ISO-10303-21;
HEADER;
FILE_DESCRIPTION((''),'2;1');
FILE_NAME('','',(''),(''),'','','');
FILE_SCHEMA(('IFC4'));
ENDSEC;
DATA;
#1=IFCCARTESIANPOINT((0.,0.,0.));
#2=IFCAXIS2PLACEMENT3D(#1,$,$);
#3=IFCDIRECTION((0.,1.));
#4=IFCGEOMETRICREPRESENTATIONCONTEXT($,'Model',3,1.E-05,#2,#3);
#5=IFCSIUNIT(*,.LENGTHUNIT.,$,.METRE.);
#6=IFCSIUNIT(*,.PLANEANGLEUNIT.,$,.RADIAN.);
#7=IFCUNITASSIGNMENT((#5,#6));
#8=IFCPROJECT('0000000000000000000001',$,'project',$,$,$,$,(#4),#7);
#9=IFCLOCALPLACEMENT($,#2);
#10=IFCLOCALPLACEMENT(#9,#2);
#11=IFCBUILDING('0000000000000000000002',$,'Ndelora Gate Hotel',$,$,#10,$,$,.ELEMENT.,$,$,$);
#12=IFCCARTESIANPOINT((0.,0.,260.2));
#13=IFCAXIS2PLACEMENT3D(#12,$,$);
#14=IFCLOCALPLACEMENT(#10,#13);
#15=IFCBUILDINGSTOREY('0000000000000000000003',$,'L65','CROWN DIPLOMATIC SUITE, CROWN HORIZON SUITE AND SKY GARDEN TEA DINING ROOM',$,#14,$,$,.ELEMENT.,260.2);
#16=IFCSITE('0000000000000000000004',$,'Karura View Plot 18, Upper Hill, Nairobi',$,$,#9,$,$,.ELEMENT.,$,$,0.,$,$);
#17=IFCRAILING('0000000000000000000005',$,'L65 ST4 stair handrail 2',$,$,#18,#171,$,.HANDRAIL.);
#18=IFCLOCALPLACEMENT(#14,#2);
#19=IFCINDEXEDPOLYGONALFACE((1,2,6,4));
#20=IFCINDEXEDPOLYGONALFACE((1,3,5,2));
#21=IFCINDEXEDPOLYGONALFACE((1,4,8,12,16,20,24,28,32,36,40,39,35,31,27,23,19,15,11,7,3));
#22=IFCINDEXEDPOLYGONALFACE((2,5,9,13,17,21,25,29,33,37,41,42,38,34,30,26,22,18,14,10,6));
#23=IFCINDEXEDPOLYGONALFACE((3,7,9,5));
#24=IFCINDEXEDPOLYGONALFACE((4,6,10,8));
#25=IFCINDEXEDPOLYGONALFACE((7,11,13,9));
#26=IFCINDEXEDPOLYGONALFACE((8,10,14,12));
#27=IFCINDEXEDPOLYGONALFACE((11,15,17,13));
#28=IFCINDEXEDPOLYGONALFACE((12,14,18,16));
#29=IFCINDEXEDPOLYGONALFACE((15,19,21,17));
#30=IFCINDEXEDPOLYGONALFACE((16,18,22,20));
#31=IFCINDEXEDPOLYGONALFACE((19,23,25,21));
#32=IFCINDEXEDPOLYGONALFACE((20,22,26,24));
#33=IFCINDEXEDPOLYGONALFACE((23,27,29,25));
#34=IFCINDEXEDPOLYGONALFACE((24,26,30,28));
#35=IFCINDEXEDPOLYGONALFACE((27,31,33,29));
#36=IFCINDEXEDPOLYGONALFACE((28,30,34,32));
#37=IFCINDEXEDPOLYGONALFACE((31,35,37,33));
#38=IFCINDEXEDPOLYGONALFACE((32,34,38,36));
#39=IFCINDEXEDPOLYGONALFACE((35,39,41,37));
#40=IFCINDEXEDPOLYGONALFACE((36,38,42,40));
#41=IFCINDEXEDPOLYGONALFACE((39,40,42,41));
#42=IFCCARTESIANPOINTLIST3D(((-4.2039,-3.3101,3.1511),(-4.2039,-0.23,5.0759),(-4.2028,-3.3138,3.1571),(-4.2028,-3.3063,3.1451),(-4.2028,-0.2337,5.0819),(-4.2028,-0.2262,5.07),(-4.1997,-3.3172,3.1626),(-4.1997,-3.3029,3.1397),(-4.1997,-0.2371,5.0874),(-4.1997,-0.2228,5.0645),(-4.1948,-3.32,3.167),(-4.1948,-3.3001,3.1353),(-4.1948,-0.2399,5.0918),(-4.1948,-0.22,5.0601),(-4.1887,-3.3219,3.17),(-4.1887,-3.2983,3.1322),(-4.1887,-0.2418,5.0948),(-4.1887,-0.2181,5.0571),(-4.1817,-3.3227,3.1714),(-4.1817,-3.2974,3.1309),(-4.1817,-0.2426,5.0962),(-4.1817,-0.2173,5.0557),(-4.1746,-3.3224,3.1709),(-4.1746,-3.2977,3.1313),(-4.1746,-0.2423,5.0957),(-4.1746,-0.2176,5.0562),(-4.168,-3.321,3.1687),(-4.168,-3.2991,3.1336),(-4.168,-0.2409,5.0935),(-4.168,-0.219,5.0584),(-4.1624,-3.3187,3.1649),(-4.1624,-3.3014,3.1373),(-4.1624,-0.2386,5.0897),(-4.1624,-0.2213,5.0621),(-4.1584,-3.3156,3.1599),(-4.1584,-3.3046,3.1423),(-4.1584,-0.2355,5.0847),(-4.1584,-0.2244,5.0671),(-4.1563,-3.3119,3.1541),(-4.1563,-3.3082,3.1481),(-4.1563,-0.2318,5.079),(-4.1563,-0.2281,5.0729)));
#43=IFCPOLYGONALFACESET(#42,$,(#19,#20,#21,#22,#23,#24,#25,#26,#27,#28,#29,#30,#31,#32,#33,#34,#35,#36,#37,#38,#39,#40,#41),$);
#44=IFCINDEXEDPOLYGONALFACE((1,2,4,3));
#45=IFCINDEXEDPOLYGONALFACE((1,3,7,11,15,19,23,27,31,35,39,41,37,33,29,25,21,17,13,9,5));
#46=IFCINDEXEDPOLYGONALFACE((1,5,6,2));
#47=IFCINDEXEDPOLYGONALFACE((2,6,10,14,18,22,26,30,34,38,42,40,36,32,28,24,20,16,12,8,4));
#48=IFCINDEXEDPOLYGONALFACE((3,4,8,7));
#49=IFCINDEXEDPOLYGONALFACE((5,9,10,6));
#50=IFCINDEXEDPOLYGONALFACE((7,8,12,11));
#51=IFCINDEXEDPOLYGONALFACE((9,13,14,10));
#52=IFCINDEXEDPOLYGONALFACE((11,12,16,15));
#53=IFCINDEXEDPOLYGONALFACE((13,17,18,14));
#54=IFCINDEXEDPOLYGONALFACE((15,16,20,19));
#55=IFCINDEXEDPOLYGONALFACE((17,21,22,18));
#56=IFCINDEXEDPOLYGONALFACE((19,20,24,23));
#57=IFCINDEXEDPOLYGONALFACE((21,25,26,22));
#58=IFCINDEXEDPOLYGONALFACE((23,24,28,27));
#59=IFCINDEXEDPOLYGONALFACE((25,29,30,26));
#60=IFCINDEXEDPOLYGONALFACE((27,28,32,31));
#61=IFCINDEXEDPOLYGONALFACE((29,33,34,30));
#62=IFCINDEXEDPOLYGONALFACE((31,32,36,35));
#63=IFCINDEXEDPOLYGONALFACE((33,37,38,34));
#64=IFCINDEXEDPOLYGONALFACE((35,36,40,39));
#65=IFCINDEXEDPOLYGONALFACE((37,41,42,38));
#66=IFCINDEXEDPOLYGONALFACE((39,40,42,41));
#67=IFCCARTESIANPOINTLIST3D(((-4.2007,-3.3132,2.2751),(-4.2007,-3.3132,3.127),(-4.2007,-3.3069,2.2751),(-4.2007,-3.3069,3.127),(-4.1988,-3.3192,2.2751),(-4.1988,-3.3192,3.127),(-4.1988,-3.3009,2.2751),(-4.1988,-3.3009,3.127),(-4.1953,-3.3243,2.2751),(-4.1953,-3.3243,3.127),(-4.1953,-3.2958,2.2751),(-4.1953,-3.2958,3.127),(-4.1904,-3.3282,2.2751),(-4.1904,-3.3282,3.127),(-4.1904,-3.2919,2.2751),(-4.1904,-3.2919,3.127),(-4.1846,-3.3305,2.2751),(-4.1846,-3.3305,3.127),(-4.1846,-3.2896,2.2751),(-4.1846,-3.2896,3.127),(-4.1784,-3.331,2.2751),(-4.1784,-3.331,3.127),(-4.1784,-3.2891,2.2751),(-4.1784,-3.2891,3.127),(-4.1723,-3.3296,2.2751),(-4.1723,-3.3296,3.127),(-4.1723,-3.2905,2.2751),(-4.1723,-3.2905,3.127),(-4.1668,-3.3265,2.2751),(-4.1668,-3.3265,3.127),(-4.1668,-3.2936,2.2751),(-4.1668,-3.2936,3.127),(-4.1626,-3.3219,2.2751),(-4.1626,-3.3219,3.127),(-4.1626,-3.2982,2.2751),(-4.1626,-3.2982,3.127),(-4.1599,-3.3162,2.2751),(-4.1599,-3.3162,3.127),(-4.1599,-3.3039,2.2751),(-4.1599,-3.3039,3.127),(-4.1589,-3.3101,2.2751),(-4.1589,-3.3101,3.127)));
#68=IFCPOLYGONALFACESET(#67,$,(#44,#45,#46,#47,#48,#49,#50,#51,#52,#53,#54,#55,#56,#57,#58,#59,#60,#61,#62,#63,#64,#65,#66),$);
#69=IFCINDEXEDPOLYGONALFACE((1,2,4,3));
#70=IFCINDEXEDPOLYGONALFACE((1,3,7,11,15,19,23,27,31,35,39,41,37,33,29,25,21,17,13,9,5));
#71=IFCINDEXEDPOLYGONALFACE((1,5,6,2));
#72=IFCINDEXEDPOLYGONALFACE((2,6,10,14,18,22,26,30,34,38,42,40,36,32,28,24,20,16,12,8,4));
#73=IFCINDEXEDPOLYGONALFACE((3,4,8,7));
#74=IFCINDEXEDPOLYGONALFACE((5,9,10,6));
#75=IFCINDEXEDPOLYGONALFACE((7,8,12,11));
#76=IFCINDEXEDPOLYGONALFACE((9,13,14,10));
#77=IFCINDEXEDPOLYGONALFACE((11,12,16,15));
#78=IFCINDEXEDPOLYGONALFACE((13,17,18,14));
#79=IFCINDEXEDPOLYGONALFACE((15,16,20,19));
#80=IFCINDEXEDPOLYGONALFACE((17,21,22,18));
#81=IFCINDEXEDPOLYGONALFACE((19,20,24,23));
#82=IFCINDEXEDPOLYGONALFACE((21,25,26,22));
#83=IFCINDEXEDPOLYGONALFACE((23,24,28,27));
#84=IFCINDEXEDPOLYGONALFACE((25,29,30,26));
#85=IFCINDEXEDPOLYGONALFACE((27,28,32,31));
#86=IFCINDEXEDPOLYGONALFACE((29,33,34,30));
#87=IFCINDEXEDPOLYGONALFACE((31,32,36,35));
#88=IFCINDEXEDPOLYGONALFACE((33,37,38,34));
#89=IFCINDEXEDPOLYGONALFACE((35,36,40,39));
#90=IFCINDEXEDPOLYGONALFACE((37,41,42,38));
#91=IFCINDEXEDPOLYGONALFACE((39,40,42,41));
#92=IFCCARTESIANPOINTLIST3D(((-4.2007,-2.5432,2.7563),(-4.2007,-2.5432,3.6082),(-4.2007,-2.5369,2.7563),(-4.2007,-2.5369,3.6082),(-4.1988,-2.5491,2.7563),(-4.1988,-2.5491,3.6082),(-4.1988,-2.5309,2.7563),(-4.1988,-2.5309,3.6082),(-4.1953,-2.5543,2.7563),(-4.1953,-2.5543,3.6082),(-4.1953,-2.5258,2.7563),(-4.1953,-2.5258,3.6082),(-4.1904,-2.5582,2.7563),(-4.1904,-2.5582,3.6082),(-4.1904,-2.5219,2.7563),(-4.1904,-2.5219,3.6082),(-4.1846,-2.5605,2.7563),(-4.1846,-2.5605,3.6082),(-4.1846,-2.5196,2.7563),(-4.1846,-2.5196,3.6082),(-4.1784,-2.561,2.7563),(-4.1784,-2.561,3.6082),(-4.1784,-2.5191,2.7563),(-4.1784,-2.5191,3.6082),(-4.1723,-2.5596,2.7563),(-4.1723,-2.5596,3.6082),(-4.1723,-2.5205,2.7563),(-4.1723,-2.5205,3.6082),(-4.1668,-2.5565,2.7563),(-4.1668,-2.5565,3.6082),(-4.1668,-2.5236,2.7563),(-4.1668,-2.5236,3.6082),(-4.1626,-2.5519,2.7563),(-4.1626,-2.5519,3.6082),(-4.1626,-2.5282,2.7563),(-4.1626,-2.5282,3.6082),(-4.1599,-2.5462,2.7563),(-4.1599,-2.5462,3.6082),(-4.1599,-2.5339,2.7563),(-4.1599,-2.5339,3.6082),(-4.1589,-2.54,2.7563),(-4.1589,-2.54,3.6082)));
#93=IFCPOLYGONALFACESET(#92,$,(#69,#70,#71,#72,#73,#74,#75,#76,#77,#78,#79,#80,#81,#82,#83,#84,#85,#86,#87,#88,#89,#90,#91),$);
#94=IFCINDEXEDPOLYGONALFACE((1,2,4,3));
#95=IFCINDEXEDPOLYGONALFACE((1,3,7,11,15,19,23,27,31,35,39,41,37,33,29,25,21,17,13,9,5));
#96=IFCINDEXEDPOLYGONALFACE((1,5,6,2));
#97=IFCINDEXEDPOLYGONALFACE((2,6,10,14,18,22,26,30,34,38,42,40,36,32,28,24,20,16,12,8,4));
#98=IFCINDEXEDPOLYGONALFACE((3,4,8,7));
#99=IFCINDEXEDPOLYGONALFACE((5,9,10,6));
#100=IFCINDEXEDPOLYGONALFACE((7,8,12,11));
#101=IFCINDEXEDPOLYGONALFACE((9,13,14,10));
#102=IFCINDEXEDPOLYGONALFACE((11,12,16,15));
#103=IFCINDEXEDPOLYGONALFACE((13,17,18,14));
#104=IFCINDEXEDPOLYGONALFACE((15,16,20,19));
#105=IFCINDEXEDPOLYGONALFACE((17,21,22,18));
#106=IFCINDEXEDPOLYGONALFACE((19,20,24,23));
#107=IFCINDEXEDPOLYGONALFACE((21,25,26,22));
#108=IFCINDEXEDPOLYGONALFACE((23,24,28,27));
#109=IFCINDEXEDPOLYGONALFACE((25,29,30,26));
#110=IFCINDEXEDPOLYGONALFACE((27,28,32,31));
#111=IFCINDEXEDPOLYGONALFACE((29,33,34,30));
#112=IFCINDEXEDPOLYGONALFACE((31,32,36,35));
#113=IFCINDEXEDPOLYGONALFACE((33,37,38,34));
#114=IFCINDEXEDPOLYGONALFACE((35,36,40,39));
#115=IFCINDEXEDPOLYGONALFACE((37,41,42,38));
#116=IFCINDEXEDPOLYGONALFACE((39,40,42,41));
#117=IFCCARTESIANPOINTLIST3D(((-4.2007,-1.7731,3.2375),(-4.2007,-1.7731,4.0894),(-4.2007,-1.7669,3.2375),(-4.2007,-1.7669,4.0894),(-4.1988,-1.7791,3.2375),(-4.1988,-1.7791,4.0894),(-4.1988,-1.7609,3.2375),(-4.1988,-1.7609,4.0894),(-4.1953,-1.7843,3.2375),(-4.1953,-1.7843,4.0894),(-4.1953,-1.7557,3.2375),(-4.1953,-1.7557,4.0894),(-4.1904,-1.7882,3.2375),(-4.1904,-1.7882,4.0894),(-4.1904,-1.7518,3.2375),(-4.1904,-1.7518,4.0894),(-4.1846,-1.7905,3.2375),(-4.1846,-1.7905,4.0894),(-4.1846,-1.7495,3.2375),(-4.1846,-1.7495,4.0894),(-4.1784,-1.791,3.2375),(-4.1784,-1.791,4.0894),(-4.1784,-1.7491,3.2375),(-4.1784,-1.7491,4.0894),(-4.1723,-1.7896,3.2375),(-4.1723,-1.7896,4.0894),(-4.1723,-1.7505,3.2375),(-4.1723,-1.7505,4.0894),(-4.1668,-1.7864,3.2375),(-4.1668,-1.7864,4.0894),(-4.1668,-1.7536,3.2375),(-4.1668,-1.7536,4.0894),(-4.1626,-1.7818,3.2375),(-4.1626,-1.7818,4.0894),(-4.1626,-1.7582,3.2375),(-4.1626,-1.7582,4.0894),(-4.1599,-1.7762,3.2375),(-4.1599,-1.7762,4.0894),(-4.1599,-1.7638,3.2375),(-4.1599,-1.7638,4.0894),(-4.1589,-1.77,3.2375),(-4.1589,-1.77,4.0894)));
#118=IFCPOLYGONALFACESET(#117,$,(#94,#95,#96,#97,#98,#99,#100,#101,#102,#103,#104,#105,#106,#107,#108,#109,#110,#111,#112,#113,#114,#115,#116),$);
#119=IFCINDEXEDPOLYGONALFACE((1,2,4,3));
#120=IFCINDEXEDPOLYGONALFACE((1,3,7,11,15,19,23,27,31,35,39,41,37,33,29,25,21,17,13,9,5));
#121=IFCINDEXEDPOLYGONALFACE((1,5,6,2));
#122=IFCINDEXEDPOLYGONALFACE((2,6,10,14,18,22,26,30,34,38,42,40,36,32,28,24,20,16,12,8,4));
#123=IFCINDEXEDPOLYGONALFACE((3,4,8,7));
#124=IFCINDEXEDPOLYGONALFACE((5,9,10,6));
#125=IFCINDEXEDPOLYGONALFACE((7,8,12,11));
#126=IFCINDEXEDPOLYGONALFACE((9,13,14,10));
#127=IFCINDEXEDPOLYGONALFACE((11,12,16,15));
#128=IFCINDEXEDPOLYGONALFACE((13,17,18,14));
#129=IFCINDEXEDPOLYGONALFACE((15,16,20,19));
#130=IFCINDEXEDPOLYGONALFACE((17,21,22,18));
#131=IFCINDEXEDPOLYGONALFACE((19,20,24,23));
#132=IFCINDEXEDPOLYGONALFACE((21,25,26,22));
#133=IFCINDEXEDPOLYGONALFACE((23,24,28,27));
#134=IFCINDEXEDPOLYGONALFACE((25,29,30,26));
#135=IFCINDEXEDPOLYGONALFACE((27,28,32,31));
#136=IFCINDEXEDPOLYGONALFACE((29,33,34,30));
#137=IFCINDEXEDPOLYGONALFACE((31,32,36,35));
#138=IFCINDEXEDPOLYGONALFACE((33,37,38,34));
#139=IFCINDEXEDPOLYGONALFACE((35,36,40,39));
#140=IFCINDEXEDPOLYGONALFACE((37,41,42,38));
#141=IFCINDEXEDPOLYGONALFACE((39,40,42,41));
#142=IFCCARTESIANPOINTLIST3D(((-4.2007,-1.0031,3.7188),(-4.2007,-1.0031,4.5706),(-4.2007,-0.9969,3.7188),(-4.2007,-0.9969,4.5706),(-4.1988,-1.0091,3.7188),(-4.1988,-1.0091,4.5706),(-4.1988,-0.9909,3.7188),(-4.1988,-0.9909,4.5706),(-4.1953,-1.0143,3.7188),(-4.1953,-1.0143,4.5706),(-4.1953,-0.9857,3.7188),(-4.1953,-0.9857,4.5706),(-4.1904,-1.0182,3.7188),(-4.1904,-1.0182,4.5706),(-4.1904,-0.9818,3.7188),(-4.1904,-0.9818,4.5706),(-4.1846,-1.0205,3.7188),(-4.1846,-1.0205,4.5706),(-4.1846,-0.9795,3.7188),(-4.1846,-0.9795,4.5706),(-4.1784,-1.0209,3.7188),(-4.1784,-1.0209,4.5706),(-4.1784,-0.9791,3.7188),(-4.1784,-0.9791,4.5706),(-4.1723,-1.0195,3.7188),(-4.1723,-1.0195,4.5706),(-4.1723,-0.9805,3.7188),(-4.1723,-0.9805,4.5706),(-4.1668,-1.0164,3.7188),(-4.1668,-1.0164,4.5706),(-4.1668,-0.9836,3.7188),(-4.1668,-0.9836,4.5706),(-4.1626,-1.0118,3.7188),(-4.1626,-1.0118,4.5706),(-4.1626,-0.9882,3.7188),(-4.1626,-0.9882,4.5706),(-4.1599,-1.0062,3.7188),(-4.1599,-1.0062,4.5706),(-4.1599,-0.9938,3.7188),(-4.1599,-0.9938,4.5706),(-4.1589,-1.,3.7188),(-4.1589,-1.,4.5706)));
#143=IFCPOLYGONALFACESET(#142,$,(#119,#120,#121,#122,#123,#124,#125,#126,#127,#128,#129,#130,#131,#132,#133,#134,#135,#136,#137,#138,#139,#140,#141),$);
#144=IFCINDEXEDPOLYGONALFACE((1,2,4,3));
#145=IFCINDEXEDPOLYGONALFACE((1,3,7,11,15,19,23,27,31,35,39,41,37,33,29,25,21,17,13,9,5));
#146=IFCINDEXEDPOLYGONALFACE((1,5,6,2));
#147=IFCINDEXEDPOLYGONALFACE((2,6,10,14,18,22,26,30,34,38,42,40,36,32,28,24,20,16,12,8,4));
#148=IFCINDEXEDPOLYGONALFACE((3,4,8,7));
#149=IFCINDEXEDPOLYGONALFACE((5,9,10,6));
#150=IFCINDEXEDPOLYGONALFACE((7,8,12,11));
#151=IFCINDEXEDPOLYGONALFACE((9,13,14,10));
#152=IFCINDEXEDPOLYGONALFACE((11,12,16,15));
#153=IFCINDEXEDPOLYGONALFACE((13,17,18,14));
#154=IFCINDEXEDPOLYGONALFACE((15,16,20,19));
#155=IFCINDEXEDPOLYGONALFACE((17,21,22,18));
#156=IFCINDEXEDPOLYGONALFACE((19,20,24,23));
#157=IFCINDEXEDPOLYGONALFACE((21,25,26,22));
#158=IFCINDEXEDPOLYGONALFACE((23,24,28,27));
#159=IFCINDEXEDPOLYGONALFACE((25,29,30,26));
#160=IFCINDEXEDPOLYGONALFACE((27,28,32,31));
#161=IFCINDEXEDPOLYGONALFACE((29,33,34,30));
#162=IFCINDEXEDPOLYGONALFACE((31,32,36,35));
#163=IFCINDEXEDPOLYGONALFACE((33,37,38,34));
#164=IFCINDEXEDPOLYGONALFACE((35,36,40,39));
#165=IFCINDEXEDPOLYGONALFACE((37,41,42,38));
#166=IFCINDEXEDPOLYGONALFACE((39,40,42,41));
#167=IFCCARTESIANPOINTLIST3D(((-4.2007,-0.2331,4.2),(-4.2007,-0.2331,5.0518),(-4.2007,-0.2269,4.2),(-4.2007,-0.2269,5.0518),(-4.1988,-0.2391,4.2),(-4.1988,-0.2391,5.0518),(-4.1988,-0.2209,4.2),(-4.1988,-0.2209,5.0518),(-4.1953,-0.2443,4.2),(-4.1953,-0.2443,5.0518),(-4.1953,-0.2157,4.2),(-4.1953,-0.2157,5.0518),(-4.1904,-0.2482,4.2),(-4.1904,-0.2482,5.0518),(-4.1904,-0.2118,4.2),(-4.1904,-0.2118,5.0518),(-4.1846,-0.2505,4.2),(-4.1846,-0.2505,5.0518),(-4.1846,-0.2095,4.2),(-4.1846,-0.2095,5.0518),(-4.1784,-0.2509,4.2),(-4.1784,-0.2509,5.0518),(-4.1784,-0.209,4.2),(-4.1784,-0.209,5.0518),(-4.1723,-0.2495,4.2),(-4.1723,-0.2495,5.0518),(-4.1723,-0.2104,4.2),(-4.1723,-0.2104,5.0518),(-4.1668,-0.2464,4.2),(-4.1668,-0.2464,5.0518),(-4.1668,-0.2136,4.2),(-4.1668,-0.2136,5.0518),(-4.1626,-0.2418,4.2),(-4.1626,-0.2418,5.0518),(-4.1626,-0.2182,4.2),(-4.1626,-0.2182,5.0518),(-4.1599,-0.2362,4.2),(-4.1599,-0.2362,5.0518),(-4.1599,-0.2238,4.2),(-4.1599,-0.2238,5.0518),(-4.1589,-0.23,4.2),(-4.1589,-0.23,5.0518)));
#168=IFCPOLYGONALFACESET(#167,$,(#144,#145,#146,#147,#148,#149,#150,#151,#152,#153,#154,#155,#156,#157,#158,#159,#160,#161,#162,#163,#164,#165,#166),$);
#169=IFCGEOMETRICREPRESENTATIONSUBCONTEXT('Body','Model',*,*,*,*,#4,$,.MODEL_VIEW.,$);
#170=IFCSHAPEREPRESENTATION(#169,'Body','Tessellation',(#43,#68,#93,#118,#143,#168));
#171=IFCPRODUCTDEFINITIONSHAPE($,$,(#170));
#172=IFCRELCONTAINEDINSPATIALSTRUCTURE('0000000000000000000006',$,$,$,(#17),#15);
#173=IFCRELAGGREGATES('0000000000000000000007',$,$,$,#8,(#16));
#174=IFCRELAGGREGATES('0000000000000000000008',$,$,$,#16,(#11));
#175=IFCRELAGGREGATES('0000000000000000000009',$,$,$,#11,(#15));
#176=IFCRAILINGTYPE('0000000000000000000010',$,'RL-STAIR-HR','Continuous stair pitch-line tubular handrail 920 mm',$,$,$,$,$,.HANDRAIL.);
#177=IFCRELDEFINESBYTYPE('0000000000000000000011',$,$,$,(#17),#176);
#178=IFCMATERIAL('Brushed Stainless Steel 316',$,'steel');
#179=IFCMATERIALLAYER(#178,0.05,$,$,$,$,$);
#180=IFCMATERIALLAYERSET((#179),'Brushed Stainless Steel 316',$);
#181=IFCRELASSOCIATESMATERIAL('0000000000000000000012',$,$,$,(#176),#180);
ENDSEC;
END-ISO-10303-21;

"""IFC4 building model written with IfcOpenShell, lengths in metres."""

from ifc_helpers import new_model, si_unit, direction, frame, origin, origin_2d, place, context, subcontext, project, spatial, circle, extrude, material, layer, layer_set, type_object, element, save


model = new_model("IFC4")

# Units and contexts
model_context = context("Model", 3, precision=1e-05, world=origin(), true_north=direction((0.0, 1.0)))
body_context = subcontext(model_context, "Body", "Model", "MODEL_VIEW")
ifc_project = project(units=[si_unit("LENGTHUNIT", "METRE"), si_unit("PLANEANGLEUNIT", "RADIAN")], contexts=[model_context])

# Site, building, storey
site_placement = place(None, origin())
site = spatial("IfcSite", under=ifc_project, at=site_placement, Name="Karura View Plot 18, Upper Hill, Nairobi", CompositionType="ELEMENT", RefElevation=0.0)
building_placement = place(site_placement, origin())
building = spatial("IfcBuilding", under=site, at=building_placement, Name="Ndelora Gate Hotel", CompositionType="ELEMENT")
storey_placement = place(building_placement, frame((0.0, 0.0, 260.2)))
storey = spatial("IfcBuildingStorey", under=building, at=storey_placement, Name="L65", Description="CROWN DIPLOMATIC SUITE, CROWN HORIZON SUITE AND SKY GARDEN TEA DINING ROOM", CompositionType="ELEMENT", Elevation=260.2)

# Railing
ifc_material_1 = material(Name="Brushed Stainless Steel 316", Category="steel")
ifc_layer_1 = layer(ifc_material_1, 0.05)
ifc_layer_set_1 = layer_set([ifc_layer_1], Name="Brushed Stainless Steel 316")
railing_type_1 = type_object("IfcRailingType", Name="RL-STAIR-HR", Description="Continuous stair pitch-line tubular handrail 920 mm", PredefinedType="HANDRAIL", material=ifc_layer_set_1)
railing_1_placement = place(storey_placement, frame((-4.1799, -3.3101, 2.2751)))
element("IfcRailing", 1, at=railing_1_placement, inside=storey, type_object=railing_type_1, Name="L65 ST4 stair handrail 2", PredefinedType="HANDRAIL", context=body_context, shape_type="SweptSolid", body=[
    extrude(circle(Radius=0.0239, at=origin_2d()), frame((0.0, 0.0, 0.876), z_axis=(0.0, 0.848029, 0.529951), x_axis=(-1.0, 0.0, 0.0)), (0.0, 0.0, 1.0), 3.6321),
    extrude(circle(Radius=0.021, at=origin_2d()), origin(), (0.0, 0.0, 1.0), 0.8518),
    extrude(circle(Radius=0.021, at=origin_2d()), frame((0.0, 0.77, 0.4812)), (0.0, 0.0, 1.0), 0.8518),
    extrude(circle(Radius=0.021, at=origin_2d()), frame((0.0, 1.54, 0.9624)), (0.0, 0.0, 1.0), 0.8518),
    extrude(circle(Radius=0.021, at=origin_2d()), frame((0.0, 2.3101, 1.4436)), (0.0, 0.0, 1.0), 0.8518),
    extrude(circle(Radius=0.021, at=origin_2d()), frame((0.0, 3.0801, 1.9248)), (0.0, 0.0, 1.0), 0.8518),
])

save(model, "model.ifc")
